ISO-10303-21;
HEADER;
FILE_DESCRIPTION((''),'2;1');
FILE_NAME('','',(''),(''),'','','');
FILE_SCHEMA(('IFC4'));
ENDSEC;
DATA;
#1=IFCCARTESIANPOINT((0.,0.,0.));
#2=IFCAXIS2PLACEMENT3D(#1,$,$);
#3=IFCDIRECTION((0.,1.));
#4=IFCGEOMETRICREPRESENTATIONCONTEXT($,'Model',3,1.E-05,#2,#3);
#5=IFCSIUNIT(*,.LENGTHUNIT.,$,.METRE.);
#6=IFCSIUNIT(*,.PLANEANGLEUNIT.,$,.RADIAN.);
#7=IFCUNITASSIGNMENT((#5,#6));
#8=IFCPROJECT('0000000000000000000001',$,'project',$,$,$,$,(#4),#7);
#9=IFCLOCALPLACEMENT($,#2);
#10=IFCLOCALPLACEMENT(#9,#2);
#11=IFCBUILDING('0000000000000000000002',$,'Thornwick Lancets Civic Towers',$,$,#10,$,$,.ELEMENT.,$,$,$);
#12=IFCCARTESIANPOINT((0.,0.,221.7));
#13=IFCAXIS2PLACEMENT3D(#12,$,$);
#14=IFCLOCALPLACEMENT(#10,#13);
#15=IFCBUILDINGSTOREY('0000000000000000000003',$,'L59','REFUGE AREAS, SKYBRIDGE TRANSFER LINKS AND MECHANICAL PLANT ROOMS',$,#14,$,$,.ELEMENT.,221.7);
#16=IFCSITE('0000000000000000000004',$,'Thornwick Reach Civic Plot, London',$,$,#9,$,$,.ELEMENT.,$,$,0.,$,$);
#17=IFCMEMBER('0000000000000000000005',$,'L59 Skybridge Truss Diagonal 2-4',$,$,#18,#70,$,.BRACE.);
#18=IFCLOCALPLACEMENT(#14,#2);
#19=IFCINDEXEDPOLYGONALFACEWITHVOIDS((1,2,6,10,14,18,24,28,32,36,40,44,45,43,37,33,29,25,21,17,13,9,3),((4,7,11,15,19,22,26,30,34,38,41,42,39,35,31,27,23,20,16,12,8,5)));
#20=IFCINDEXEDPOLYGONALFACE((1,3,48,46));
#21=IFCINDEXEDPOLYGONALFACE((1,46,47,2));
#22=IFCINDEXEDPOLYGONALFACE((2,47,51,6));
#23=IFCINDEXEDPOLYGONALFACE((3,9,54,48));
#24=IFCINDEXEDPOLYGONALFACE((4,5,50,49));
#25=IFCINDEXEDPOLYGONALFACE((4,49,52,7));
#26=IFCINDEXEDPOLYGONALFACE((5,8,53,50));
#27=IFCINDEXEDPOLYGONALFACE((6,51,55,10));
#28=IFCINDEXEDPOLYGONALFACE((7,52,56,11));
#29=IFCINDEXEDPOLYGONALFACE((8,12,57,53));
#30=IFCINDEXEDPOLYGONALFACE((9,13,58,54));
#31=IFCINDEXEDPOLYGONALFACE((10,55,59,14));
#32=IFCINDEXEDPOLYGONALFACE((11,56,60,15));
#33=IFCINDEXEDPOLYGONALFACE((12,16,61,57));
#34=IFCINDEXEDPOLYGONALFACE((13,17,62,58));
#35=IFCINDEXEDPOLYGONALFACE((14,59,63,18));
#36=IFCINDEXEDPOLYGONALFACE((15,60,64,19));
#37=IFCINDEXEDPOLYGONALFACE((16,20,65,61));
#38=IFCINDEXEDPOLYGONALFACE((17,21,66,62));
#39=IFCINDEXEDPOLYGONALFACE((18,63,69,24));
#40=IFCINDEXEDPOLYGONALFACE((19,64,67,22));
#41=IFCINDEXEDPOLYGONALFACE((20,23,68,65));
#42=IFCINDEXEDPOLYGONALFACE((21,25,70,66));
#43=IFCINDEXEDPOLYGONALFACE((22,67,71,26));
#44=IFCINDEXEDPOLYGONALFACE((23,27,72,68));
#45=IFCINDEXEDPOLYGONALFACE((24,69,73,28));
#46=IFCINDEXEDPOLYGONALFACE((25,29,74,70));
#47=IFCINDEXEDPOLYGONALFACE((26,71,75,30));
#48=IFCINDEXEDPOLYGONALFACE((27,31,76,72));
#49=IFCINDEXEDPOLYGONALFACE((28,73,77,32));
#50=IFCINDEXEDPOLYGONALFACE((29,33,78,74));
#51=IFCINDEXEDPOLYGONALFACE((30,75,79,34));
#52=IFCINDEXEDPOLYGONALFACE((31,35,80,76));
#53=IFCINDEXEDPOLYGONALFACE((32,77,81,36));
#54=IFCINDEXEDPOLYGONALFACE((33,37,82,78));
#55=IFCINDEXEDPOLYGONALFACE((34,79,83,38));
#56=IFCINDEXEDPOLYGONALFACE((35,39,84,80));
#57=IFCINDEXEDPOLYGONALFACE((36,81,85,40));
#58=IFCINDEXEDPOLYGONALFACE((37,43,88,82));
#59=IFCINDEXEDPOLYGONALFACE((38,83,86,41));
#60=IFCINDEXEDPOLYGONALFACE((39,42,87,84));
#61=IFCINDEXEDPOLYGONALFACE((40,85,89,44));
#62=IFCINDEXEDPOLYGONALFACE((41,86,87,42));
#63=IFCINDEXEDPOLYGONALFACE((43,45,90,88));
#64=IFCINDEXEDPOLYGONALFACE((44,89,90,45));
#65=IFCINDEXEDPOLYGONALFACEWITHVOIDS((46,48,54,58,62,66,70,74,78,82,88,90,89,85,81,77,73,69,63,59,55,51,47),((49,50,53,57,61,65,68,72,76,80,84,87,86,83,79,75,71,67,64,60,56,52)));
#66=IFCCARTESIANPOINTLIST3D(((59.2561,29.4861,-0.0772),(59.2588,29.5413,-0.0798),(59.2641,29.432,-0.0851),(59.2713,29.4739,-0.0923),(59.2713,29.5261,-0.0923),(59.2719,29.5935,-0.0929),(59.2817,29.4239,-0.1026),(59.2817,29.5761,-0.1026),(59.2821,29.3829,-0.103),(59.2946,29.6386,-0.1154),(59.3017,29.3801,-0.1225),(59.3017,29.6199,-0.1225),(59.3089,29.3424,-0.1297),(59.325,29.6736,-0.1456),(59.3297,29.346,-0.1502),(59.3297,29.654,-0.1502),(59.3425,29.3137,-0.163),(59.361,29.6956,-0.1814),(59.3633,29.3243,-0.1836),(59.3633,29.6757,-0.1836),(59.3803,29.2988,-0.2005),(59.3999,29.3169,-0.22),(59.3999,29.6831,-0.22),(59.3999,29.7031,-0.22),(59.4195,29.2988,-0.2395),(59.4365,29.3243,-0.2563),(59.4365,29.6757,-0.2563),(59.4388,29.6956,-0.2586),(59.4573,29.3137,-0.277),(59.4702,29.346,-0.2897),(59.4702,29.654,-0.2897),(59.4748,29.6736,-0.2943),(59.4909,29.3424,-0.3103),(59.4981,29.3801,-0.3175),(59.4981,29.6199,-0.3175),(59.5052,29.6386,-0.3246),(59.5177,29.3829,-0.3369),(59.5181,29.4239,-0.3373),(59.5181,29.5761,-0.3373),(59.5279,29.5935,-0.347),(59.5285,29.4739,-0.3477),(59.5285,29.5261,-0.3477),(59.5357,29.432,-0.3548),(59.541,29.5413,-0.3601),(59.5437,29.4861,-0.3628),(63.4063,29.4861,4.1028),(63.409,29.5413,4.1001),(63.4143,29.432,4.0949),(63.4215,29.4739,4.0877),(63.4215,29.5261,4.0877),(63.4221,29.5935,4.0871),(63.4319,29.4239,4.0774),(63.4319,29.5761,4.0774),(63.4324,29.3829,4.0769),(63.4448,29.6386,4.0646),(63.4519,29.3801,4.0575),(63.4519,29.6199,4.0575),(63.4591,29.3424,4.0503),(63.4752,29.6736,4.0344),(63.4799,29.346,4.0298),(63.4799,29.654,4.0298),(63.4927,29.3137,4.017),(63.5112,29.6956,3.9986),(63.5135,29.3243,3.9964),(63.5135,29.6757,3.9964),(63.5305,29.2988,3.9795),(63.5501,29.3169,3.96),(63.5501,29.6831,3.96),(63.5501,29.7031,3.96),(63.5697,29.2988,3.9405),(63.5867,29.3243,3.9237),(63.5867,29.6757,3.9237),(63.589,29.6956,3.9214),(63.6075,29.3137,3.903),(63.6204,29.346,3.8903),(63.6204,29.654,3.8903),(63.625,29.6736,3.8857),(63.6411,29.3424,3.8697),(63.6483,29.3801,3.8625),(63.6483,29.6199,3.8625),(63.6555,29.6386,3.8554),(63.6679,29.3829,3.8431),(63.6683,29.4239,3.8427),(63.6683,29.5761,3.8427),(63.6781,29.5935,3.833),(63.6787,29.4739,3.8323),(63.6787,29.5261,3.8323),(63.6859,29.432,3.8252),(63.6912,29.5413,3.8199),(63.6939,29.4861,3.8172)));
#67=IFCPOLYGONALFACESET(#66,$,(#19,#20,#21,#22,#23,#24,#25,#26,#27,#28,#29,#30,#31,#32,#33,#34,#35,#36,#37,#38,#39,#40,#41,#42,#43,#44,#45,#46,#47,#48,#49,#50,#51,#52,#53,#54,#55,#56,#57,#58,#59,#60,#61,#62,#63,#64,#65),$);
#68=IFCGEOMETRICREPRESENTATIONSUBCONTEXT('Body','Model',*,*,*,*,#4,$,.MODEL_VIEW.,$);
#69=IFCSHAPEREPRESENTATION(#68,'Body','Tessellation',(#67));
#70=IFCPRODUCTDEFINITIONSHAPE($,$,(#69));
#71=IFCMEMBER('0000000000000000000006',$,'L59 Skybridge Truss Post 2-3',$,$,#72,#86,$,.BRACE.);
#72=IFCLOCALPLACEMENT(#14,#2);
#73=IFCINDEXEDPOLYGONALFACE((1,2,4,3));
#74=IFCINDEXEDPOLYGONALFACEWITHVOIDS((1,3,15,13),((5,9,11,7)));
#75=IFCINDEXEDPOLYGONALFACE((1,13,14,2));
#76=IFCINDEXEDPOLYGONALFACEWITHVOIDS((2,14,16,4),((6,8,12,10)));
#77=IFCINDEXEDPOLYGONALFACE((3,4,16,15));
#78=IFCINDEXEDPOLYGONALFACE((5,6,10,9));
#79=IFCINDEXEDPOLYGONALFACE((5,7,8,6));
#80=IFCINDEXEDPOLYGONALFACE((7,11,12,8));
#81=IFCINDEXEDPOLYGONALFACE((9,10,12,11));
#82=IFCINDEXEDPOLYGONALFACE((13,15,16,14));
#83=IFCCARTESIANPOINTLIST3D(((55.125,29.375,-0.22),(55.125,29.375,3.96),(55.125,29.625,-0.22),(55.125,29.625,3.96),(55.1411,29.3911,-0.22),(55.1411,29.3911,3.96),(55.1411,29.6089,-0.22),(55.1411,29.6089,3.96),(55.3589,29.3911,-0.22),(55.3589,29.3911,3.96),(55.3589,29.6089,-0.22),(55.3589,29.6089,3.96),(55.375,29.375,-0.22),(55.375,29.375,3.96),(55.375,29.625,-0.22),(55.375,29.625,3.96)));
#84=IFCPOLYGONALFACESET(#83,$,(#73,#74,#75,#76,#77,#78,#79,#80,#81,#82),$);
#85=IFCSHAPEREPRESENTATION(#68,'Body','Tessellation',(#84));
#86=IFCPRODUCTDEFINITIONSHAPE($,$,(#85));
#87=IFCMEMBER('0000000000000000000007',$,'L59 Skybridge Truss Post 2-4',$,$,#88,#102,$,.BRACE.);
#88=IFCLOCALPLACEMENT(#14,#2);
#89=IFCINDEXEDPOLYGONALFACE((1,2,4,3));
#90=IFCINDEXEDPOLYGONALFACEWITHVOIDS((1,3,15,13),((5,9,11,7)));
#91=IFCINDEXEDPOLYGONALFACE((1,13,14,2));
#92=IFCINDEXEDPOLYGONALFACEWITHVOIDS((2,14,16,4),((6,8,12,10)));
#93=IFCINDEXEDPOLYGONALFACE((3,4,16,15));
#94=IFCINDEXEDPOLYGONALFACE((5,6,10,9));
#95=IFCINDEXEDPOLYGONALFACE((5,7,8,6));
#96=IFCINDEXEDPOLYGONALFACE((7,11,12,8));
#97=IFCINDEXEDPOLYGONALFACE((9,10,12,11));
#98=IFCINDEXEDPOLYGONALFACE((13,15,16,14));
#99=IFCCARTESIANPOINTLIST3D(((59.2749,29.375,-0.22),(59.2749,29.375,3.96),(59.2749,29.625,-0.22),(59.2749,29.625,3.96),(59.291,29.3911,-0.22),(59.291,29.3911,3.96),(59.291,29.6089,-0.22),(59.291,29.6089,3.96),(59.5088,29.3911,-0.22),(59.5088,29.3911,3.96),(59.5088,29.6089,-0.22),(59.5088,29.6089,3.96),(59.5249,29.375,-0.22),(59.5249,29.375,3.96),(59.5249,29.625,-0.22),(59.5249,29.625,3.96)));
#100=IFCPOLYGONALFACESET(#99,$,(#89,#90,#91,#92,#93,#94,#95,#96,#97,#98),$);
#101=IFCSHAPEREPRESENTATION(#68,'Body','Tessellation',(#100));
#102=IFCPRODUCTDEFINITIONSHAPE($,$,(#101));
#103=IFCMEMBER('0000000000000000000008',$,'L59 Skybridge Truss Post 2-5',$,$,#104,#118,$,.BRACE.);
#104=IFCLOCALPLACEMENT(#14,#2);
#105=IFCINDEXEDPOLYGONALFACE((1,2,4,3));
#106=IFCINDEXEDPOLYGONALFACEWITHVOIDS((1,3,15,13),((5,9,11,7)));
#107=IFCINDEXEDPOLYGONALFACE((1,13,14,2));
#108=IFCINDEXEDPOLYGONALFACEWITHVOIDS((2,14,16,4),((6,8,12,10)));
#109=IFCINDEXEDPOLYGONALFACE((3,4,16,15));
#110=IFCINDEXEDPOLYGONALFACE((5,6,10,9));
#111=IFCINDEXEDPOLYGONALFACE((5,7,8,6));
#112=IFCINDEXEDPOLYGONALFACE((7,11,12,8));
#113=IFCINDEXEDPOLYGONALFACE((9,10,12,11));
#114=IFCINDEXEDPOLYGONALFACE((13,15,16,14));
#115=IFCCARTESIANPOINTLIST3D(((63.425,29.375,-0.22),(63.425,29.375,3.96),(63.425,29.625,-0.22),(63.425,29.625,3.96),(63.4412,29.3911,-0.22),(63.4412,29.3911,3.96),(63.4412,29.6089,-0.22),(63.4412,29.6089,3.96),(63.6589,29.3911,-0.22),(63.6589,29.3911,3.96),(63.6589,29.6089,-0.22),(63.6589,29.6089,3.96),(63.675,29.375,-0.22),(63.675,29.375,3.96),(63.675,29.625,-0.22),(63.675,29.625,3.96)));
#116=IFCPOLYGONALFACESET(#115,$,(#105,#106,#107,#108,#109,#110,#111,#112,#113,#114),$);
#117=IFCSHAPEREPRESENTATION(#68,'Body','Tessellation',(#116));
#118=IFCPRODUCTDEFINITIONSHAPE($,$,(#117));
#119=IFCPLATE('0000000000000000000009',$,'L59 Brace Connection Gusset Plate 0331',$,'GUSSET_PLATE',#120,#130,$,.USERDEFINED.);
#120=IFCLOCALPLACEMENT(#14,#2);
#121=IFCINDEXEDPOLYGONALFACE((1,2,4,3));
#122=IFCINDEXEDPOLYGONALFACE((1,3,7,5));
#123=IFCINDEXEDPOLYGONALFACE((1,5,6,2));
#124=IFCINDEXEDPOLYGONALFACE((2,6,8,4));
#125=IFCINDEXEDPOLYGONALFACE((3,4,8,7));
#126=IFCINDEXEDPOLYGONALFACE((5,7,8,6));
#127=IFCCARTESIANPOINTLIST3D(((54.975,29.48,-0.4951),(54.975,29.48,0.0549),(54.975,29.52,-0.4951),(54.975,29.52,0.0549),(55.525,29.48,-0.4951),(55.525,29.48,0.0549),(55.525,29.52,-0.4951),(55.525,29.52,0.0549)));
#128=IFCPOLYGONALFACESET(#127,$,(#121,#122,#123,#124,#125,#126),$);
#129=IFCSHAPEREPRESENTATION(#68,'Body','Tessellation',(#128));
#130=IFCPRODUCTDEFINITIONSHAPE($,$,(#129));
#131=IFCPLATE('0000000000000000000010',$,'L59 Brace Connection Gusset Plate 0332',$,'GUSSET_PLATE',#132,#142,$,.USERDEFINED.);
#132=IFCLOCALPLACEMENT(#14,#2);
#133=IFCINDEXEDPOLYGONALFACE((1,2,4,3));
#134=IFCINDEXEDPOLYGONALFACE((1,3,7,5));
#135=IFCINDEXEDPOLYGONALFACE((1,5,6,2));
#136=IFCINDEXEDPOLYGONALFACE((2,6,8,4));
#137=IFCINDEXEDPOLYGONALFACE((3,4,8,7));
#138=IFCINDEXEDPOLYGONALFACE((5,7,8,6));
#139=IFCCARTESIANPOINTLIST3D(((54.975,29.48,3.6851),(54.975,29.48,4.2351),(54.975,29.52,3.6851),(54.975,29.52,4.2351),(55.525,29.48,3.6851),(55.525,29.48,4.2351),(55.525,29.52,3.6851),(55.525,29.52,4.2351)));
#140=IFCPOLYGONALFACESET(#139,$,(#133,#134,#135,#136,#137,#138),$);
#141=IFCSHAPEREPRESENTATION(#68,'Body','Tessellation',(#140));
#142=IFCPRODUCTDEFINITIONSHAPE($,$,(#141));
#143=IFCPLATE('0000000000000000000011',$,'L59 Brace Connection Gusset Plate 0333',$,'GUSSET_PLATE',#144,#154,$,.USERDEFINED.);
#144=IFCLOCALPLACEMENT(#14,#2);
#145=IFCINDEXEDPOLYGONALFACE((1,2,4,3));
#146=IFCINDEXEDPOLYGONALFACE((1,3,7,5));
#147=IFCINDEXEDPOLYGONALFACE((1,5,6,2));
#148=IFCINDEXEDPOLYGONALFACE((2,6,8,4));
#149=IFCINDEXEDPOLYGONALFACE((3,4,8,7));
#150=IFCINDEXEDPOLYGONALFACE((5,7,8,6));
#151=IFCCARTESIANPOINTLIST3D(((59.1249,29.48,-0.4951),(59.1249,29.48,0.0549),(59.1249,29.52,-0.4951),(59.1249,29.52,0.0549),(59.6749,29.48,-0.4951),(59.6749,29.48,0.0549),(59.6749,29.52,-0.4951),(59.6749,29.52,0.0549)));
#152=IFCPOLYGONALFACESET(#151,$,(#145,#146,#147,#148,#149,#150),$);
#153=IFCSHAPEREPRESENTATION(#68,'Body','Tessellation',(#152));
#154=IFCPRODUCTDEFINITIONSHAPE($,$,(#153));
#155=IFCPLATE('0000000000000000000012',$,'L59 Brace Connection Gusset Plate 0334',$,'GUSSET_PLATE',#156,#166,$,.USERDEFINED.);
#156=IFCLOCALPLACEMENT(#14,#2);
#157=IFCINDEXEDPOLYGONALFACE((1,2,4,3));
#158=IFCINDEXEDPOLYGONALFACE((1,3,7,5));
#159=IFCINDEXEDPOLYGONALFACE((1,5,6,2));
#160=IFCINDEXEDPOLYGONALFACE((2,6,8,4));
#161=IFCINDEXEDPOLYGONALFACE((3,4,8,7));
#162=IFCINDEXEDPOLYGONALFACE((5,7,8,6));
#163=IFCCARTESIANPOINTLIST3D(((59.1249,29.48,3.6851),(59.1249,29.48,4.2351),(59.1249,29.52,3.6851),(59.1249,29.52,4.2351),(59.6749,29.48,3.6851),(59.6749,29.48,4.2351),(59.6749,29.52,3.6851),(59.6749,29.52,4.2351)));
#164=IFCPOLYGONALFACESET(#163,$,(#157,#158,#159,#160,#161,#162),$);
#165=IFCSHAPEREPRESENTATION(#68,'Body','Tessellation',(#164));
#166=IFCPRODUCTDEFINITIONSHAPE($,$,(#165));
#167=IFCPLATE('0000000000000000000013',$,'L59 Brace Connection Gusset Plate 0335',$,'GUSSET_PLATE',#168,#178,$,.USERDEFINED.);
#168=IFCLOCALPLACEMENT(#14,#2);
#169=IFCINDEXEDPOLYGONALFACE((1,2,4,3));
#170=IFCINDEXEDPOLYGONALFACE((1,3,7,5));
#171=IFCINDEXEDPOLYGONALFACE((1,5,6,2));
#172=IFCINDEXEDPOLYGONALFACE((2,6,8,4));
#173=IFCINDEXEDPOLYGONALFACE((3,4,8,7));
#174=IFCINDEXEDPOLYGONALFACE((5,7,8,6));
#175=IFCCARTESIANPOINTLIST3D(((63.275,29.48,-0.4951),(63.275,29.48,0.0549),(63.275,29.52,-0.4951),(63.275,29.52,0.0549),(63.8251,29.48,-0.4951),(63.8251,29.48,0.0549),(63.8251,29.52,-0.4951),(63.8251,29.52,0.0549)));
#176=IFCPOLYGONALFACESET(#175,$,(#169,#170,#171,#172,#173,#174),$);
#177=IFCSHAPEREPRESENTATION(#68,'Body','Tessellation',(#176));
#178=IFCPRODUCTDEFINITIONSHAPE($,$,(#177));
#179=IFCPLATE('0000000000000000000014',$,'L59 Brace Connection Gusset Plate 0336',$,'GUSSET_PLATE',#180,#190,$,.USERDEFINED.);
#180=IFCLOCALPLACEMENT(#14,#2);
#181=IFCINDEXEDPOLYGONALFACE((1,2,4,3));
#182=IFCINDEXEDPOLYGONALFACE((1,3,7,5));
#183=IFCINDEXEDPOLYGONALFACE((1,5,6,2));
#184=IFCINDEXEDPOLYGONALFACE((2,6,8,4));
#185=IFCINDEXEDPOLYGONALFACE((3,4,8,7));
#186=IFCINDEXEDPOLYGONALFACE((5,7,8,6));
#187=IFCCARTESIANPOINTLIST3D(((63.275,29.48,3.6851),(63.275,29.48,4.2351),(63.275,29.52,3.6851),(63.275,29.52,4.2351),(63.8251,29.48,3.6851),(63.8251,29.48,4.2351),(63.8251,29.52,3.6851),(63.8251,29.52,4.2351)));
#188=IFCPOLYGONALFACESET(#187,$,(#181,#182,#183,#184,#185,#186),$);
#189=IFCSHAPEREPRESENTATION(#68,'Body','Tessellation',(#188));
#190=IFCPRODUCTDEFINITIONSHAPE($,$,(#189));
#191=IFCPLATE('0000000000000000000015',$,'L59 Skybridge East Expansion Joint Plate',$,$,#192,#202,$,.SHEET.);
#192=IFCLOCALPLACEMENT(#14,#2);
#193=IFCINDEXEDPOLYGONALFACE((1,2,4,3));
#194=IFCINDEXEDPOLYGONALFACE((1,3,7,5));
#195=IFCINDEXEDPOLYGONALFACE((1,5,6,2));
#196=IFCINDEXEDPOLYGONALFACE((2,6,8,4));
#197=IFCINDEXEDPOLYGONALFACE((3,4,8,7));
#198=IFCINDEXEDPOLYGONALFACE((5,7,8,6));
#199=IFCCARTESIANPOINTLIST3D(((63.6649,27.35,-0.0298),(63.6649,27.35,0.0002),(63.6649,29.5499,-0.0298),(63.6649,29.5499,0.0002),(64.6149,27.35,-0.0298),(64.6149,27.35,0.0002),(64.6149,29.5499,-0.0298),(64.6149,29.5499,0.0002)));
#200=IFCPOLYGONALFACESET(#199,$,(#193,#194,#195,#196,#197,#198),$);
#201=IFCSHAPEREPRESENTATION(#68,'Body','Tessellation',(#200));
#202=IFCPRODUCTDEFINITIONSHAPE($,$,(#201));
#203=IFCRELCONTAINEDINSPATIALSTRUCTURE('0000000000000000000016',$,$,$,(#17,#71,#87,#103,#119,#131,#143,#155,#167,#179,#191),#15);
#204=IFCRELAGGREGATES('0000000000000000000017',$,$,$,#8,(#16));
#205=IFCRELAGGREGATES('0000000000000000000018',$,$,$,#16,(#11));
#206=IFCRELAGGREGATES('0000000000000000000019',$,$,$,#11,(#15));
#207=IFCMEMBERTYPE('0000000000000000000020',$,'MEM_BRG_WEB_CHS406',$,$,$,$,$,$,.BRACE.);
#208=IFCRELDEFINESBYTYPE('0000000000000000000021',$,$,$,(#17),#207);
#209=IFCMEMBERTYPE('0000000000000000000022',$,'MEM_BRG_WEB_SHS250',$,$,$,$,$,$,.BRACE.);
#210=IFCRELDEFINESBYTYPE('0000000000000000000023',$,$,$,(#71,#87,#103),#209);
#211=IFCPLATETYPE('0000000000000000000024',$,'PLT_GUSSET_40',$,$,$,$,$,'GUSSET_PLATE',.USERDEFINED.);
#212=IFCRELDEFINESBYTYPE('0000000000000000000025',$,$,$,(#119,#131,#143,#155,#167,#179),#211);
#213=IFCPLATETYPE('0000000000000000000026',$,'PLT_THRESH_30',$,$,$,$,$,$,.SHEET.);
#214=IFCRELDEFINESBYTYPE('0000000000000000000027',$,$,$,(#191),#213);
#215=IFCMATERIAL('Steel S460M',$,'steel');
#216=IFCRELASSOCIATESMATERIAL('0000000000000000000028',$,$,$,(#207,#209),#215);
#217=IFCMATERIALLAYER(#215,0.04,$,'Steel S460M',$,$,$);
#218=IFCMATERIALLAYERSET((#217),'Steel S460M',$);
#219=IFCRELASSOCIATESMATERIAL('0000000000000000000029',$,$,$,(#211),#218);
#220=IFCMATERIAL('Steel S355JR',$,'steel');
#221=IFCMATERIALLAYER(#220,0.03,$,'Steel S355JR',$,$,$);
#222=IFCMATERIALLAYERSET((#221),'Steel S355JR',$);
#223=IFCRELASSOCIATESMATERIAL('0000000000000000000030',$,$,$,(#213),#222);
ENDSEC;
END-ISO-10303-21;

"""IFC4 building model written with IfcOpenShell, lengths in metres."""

from ifc_helpers import new_model, si_unit, direction, frame, origin, origin_2d, place, context, subcontext, project, spatial, rectangle, hollow_rectangle, hollow_circle, extrude, material, layer, layer_set, material_profile, profile_set, type_object, element, save


model = new_model("IFC4")

# Units and contexts
model_context = context("Model", 3, precision=1e-05, world=origin(), true_north=direction((0.0, 1.0)))
body_context = subcontext(model_context, "Body", "Model", "MODEL_VIEW")
ifc_project = project(units=[si_unit("LENGTHUNIT", "METRE"), si_unit("PLANEANGLEUNIT", "RADIAN")], contexts=[model_context])

# Site, building, storey
site_placement = place(None, origin())
site = spatial("IfcSite", under=ifc_project, at=site_placement, Name="Thornwick Reach Civic Plot, London", CompositionType="ELEMENT", RefElevation=0.0)
building_placement = place(site_placement, origin())
building = spatial("IfcBuilding", under=site, at=building_placement, Name="Thornwick Lancets Civic Towers", CompositionType="ELEMENT")
storey_placement = place(building_placement, frame((0.0, 0.0, 221.7)))
storey = spatial("IfcBuildingStorey", under=building, at=storey_placement, Name="L59", Description="REFUGE AREAS, SKYBRIDGE TRANSFER LINKS AND MECHANICAL PLANT ROOMS", CompositionType="ELEMENT", Elevation=221.7)

# Shared definitions
ifc_material_1 = material(Name="Steel S355JR", Category="steel")

# Members
ifc_material_2 = material(Name="Steel S460M", Category="steel")
ifc_material_profile_1 = material_profile(ifc_material_2, hollow_circle(Radius=0.2031, WallThickness=0.02, at=origin_2d()), Name="CHS 406.4x20")
ifc_profile_set_1 = profile_set([ifc_material_profile_1], Name="Steel S460M")
member_type_1 = type_object("IfcMemberType", Name="MEM_BRG_WEB_CHS406", PredefinedType="BRACE", material=ifc_profile_set_1)
member_1_placement = place(storey_placement, frame((59.3999, 29.5, -0.22), z_axis=(0.704574, 0.0, 0.709631), x_axis=(0.0, 1.0, 0.0)))
element("IfcMember", 1, at=member_1_placement, inside=storey, type_object=member_type_1, Name="L59 Skybridge Truss Diagonal 2-4", PredefinedType="BRACE", context=body_context, shape_type="SweptSolid", body=[
    extrude(hollow_circle(Radius=0.2031, WallThickness=0.02, at=origin_2d()), origin(), (0.0, 0.0, 1.0), 5.8904),
])
ifc_material_profile_2 = material_profile(ifc_material_2, hollow_rectangle(XDim=0.25, YDim=0.25, WallThickness=0.0161, at=origin_2d()), Name="SHS 250x250x16")
ifc_profile_set_2 = profile_set([ifc_material_profile_2], Name="Steel S460M")
member_type_2 = type_object("IfcMemberType", Name="MEM_BRG_WEB_SHS250", PredefinedType="BRACE", material=ifc_profile_set_2)
for number, where, z_axis, x_axis, name in (
    (2, (55.25, 29.5, -0.22), (0.0, 0.0, 1.0), (1.0, 0.0, 0.0), "L59 Skybridge Truss Post 2-3"),
    (3, (59.3999, 29.5, -0.22), (0.0, 0.0, 1.0), (1.0, 0.0, 0.0), "L59 Skybridge Truss Post 2-4"),
    (4, (63.55, 29.5, -0.22), (0.0, 0.0, 1.0), (1.0, 0.0, 0.0), "L59 Skybridge Truss Post 2-5"),
):
    element("IfcMember", number, at=place(storey_placement, frame(where, z_axis=z_axis, x_axis=x_axis)), inside=storey, type_object=member_type_2, Name=name, PredefinedType="BRACE", context=body_context, shape_type="SweptSolid", body=[
        extrude(hollow_rectangle(XDim=0.25, YDim=0.25, WallThickness=0.0161, at=origin_2d()), origin(), (0.0, 0.0, 1.0), 4.1799),
    ])

# Plates
ifc_layer_1 = layer(ifc_material_2, 0.04, Name="Steel S460M")
ifc_layer_set_1 = layer_set([ifc_layer_1], Name="Steel S460M")
plate_type_1 = type_object("IfcPlateType", Name="PLT_GUSSET_40", ElementType="GUSSET_PLATE", PredefinedType="USERDEFINED", material=ifc_layer_set_1)
for number, where, z_axis, x_axis, name in (
    (5, (55.25, 29.5, -0.4951), (0.0, 0.0, 1.0), (1.0, 0.0, 0.0), "L59 Brace Connection Gusset Plate 0331"),
    (6, (55.25, 29.5, 3.6851), (0.0, 0.0, 1.0), (1.0, 0.0, 0.0), "L59 Brace Connection Gusset Plate 0332"),
    (7, (59.3999, 29.5, -0.4951), (0.0, 0.0, 1.0), (1.0, 0.0, 0.0), "L59 Brace Connection Gusset Plate 0333"),
    (8, (59.3999, 29.5, 3.6851), (0.0, 0.0, 1.0), (1.0, 0.0, 0.0), "L59 Brace Connection Gusset Plate 0334"),
    (9, (63.55, 29.5, -0.4951), (0.0, 0.0, 1.0), (1.0, 0.0, 0.0), "L59 Brace Connection Gusset Plate 0335"),
    (10, (63.55, 29.5, 3.6851), (0.0, 0.0, 1.0), (1.0, 0.0, 0.0), "L59 Brace Connection Gusset Plate 0336"),
):
    element("IfcPlate", number, at=place(storey_placement, frame(where, z_axis=z_axis, x_axis=x_axis)), inside=storey, type_object=plate_type_1, Name=name, ObjectType="GUSSET_PLATE", PredefinedType="USERDEFINED", context=body_context, shape_type="SweptSolid", body=[
        extrude(rectangle(XDim=0.55, YDim=0.04, at=origin_2d()), origin(), (0.0, 0.0, 1.0), 0.55),
    ])
ifc_layer_2 = layer(ifc_material_1, 0.03, Name="Steel S355JR")
ifc_layer_set_2 = layer_set([ifc_layer_2], Name="Steel S355JR")
plate_type_2 = type_object("IfcPlateType", Name="PLT_THRESH_30", PredefinedType="SHEET", material=ifc_layer_set_2)
plate_placement = place(storey_placement, frame((64.1399, 28.45, -0.0298), z_axis=(0.0, 0.0, 1.0), x_axis=(1.0, 0.0, 0.0)))
element("IfcPlate", 11, at=plate_placement, inside=storey, type_object=plate_type_2, Name="L59 Skybridge East Expansion Joint Plate", PredefinedType="SHEET", context=body_context, shape_type="SweptSolid", body=[
    extrude(rectangle(XDim=0.95, YDim=2.2, at=origin_2d()), origin(), (0.0, 0.0, 1.0), 0.03),
])

save(model, "model.ifc")
